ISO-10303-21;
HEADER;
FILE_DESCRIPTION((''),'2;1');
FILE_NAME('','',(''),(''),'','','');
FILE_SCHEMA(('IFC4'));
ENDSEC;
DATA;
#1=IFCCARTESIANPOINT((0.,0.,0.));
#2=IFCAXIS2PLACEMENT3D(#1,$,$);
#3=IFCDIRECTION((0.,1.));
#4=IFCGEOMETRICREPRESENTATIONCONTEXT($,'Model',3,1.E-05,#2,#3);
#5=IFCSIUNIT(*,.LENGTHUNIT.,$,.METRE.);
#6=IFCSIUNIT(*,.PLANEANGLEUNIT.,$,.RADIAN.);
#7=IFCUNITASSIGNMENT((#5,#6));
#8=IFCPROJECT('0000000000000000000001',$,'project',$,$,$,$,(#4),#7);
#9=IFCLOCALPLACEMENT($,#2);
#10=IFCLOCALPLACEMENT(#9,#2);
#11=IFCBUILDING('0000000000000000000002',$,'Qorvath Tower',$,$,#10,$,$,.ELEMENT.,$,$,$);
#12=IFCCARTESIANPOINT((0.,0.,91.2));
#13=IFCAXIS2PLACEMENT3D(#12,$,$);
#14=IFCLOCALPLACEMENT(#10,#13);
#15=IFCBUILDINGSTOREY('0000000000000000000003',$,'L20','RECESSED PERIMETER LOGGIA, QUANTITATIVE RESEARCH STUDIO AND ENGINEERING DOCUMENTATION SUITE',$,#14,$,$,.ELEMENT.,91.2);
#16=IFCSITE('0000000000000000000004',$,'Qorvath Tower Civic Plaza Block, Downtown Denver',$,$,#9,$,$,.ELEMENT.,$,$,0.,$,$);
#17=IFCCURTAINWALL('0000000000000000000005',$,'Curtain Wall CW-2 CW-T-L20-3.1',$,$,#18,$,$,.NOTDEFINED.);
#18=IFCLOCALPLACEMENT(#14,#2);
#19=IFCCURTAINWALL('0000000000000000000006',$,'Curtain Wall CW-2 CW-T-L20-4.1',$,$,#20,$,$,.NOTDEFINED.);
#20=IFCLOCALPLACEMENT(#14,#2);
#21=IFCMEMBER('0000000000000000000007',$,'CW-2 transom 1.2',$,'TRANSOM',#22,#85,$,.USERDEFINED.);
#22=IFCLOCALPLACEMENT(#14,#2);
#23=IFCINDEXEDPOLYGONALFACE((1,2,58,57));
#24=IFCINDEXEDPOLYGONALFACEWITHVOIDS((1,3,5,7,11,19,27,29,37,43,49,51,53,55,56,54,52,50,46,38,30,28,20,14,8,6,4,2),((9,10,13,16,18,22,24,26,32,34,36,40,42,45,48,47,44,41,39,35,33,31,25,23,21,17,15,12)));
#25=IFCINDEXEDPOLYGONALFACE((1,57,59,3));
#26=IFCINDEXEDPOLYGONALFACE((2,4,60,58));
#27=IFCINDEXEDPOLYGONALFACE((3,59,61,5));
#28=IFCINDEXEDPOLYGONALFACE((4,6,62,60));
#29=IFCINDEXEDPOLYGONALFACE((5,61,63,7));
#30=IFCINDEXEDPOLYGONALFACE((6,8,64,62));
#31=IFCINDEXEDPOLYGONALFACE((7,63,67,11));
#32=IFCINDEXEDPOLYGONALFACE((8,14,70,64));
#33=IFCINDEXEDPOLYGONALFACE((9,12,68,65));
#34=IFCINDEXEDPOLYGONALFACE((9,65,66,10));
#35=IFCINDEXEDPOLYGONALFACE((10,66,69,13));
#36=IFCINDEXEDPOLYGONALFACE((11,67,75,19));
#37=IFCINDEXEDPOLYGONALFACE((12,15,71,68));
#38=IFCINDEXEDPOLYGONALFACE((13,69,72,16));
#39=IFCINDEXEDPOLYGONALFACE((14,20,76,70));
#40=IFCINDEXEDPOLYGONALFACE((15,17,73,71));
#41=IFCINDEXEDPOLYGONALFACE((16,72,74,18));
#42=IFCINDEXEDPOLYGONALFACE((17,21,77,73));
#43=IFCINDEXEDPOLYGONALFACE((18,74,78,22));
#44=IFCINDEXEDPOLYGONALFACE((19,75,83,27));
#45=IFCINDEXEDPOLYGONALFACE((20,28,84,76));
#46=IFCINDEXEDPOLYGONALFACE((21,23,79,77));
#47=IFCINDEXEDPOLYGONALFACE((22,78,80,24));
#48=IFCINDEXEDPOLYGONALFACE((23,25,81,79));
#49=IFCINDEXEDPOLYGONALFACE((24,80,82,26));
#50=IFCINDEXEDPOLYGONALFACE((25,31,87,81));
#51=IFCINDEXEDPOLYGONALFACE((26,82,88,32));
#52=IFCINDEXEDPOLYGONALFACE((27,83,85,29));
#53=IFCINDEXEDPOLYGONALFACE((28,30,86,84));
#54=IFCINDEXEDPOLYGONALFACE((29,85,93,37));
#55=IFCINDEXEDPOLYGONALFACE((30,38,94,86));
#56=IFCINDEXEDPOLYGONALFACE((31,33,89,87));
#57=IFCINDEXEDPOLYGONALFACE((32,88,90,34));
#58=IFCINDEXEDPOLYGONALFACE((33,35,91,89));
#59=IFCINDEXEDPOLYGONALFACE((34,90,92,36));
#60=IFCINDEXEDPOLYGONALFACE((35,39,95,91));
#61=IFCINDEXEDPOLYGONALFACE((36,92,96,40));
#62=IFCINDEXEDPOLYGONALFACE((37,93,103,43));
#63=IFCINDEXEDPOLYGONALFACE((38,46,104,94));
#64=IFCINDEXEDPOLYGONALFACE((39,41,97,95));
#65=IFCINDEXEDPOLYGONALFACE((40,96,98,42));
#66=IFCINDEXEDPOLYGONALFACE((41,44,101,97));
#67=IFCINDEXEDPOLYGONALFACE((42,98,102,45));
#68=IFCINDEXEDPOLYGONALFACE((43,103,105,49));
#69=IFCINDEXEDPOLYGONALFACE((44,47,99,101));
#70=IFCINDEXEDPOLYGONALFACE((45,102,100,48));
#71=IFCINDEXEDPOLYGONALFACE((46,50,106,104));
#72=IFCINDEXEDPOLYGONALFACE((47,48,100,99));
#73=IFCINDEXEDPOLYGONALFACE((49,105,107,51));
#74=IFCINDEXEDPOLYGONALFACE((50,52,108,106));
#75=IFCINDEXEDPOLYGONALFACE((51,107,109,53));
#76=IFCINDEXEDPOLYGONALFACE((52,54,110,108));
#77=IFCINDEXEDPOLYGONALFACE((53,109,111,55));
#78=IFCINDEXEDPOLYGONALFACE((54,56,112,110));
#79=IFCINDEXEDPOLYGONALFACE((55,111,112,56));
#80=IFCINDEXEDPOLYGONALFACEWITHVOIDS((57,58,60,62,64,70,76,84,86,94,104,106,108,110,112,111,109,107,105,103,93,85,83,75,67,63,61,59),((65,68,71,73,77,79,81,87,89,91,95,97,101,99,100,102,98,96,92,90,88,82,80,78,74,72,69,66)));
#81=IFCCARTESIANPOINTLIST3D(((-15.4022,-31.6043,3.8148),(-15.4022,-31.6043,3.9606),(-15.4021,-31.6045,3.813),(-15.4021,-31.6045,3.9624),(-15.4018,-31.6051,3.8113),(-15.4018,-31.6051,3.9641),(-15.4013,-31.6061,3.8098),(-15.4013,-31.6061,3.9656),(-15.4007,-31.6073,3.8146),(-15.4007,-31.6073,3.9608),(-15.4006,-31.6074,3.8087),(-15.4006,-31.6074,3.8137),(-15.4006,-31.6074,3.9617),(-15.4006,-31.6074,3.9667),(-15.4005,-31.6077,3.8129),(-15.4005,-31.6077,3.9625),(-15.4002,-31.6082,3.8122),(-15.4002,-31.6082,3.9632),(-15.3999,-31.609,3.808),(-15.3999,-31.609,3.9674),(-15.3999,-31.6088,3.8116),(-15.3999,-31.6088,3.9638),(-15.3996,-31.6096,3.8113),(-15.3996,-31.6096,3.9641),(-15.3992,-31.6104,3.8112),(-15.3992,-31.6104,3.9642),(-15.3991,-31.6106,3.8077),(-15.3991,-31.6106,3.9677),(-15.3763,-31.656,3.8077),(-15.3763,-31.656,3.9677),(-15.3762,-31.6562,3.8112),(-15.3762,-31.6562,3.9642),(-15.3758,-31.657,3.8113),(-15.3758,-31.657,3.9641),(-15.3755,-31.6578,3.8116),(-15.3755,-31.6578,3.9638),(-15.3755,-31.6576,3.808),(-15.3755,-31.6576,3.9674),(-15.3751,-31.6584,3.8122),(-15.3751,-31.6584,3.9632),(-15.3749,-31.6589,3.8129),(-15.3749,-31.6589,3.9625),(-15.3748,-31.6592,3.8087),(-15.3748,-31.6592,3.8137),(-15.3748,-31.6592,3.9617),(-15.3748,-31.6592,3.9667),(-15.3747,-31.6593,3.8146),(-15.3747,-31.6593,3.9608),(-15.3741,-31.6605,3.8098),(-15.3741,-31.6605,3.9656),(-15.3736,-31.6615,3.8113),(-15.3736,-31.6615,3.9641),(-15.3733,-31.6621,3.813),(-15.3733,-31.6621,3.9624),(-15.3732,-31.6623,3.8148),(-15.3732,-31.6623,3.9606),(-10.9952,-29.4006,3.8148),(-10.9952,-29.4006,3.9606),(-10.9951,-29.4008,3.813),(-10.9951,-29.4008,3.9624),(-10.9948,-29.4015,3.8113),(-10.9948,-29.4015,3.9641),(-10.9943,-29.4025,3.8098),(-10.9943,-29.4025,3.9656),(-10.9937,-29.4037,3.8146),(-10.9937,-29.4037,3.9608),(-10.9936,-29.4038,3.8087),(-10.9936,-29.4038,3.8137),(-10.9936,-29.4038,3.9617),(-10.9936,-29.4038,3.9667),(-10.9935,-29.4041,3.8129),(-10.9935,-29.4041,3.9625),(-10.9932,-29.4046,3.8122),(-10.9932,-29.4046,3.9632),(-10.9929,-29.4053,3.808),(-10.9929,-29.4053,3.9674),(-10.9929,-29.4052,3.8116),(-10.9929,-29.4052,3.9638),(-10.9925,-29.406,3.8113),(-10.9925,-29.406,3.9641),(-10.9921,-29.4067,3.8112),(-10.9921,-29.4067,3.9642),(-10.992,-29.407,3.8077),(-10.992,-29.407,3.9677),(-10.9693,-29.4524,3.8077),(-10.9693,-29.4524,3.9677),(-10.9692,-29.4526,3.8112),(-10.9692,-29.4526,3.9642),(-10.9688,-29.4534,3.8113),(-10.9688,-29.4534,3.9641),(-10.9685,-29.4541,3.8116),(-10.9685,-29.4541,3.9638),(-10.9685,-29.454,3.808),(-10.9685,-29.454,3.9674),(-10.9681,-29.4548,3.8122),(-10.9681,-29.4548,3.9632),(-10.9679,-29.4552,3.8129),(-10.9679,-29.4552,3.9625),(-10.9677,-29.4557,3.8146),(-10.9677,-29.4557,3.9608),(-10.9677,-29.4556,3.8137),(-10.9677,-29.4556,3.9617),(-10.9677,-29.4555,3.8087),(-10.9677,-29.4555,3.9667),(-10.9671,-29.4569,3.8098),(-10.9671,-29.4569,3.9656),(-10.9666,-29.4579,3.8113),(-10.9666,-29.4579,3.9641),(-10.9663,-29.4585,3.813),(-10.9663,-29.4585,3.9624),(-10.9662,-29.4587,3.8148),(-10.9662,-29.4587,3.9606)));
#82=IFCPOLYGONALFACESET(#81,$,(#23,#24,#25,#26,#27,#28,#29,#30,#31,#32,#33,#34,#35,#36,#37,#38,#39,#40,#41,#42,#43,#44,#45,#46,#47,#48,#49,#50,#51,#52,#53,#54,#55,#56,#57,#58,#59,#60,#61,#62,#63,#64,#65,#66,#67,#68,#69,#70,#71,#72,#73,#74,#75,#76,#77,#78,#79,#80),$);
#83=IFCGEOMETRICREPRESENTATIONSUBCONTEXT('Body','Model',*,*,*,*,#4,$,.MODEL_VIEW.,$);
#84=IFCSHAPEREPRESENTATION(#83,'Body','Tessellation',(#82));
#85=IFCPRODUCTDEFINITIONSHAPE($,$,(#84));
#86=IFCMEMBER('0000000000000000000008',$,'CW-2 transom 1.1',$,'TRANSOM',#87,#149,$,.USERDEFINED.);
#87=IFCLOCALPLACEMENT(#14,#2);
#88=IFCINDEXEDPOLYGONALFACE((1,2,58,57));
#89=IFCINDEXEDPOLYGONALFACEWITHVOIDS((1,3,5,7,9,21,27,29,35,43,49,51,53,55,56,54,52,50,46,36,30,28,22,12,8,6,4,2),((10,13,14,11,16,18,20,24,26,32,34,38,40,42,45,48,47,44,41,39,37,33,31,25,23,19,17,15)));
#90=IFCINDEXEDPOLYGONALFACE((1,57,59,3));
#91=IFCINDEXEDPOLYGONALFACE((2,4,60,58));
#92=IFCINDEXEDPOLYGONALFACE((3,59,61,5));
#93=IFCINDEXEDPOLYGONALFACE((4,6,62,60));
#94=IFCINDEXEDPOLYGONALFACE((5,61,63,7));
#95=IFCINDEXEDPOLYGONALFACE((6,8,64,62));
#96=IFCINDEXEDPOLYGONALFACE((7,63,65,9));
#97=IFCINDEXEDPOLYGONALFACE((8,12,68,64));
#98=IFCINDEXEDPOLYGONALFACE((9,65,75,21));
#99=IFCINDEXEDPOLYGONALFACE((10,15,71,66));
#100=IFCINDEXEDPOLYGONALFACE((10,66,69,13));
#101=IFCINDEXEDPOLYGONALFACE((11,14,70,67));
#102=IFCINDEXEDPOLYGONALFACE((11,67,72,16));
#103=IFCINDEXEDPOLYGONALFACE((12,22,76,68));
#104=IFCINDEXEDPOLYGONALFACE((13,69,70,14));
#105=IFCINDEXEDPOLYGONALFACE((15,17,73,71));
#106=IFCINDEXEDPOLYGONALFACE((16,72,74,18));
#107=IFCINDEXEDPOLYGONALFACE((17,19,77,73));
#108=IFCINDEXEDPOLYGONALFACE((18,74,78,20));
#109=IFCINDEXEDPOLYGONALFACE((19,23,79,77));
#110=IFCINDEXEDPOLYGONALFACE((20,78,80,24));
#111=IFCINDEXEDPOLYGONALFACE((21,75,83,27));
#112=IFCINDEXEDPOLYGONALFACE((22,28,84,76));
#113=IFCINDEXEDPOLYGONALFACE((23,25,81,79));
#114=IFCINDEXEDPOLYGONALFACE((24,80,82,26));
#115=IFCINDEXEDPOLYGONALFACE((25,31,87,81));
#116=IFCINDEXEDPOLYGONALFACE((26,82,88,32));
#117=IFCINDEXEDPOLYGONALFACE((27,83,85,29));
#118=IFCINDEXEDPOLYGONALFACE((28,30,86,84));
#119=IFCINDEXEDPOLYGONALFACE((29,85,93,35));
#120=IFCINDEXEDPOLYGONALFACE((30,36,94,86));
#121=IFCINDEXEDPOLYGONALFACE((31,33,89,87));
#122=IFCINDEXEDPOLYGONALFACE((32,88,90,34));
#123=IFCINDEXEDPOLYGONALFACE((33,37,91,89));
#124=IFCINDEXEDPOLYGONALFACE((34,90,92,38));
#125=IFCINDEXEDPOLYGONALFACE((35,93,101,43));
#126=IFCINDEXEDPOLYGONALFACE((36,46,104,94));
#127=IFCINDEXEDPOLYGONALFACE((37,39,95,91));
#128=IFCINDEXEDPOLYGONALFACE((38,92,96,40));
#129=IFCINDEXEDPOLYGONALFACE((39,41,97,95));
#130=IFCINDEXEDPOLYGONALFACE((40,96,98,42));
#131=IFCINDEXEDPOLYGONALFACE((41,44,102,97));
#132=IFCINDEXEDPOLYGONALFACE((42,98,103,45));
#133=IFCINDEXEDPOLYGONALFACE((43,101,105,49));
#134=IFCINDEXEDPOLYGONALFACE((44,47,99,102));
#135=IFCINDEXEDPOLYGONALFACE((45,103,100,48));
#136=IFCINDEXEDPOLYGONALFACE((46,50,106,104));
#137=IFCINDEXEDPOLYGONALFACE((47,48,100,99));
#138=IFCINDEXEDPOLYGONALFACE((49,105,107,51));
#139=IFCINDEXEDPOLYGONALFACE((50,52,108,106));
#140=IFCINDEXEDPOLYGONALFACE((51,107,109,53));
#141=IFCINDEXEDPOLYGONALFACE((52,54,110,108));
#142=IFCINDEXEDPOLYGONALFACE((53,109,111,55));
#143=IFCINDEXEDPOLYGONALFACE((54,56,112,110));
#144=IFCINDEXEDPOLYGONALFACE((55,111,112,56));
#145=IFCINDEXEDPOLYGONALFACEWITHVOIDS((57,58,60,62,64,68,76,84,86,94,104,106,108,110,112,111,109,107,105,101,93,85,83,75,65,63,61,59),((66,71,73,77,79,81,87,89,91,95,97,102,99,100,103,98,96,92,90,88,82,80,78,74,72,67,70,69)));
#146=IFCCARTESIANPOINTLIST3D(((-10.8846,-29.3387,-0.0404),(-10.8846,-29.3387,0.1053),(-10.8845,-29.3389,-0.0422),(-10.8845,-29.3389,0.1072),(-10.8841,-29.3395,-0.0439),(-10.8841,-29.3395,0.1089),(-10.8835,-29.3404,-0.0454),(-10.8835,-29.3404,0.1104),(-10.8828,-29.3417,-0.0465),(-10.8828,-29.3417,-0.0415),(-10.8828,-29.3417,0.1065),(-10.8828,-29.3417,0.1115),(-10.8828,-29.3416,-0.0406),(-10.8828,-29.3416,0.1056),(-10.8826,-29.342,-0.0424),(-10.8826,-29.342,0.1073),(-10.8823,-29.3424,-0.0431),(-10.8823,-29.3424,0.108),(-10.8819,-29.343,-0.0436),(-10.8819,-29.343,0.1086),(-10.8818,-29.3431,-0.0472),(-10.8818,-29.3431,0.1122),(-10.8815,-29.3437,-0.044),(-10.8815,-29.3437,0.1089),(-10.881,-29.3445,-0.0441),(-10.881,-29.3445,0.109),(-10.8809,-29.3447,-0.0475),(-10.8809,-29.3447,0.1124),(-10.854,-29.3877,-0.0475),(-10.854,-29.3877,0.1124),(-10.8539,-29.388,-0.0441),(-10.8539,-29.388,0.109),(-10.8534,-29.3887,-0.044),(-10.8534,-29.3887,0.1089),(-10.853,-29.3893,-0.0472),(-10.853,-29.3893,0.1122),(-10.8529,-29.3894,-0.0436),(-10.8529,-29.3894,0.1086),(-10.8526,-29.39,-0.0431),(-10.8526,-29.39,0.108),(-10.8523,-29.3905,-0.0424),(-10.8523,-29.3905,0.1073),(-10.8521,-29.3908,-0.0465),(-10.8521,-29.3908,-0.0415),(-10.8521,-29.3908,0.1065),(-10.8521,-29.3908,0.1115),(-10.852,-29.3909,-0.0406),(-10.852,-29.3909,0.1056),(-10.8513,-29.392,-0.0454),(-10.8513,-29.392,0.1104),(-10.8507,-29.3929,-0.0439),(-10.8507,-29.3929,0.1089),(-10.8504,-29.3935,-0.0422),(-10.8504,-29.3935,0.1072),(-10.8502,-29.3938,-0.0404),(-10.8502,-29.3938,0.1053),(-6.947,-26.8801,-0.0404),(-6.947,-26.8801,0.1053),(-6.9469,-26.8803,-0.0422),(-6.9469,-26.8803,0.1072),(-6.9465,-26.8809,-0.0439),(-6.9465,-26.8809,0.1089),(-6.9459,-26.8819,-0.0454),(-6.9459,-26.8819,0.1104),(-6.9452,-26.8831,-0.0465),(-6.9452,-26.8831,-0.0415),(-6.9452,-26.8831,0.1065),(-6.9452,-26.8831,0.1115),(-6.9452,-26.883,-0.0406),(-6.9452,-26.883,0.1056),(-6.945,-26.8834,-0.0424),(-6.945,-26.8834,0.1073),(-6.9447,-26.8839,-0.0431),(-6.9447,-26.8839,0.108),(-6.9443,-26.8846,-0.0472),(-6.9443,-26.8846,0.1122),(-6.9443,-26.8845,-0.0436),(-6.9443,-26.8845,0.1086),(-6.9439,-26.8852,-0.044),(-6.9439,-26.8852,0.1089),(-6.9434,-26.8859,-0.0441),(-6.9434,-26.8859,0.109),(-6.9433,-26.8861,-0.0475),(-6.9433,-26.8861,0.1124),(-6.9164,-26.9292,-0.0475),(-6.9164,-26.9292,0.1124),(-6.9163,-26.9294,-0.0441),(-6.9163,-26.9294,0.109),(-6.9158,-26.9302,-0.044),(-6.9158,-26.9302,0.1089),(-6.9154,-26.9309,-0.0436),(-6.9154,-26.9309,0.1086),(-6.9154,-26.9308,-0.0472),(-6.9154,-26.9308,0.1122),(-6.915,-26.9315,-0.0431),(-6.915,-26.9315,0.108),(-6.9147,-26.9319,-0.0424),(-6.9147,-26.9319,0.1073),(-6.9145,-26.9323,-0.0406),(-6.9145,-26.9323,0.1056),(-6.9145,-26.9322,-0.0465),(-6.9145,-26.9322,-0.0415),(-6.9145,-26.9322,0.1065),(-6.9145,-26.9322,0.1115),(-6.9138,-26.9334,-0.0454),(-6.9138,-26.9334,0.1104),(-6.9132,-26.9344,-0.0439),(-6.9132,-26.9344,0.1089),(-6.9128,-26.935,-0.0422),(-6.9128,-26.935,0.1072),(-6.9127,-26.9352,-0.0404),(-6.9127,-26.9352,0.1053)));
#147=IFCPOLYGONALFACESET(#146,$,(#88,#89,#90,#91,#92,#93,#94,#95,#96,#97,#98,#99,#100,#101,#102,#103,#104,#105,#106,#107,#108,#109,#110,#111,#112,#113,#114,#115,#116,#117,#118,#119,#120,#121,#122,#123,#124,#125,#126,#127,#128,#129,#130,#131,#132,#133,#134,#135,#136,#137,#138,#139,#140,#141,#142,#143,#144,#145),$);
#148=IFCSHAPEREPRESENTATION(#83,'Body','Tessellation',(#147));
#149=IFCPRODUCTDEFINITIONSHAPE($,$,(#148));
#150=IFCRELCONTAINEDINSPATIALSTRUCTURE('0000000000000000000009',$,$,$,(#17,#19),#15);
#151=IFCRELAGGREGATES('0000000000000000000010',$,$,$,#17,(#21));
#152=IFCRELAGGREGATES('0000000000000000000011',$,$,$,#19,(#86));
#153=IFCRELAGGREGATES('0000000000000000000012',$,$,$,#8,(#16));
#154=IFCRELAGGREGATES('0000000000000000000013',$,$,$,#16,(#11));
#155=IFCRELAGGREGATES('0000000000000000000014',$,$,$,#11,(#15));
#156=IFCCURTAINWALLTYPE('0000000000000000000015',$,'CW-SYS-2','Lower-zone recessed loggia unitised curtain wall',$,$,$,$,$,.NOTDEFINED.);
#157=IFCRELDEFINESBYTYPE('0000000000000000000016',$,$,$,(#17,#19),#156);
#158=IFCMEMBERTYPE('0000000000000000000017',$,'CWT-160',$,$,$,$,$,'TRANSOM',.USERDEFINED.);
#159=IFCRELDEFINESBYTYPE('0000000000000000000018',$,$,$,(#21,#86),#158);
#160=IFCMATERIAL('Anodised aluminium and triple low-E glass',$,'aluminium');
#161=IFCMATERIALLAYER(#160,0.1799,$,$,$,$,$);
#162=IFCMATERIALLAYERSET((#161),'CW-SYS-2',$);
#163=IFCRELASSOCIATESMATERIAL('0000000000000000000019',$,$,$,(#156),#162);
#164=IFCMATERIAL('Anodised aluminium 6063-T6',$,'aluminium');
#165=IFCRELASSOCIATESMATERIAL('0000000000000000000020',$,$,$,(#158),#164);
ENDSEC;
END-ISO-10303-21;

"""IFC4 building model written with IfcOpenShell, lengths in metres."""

from ifc_helpers import new_model, si_unit, direction, frame, origin, origin_2d, place, context, subcontext, project, spatial, hollow_rectangle, extrude, material, layer, layer_set, material_profile, profile_set, type_object, element, aggregate, save


model = new_model("IFC4")

# Units and contexts
model_context = context("Model", 3, precision=1e-05, world=origin(), true_north=direction((0.0, 1.0)))
body_context = subcontext(model_context, "Body", "Model", "MODEL_VIEW")
ifc_project = project(units=[si_unit("LENGTHUNIT", "METRE"), si_unit("PLANEANGLEUNIT", "RADIAN")], contexts=[model_context])

# Site, building, storey
site_placement = place(None, origin())
site = spatial("IfcSite", under=ifc_project, at=site_placement, Name="Qorvath Tower Civic Plaza Block, Downtown Denver", CompositionType="ELEMENT", RefElevation=0.0)
building_placement = place(site_placement, origin())
building = spatial("IfcBuilding", under=site, at=building_placement, Name="Qorvath Tower", CompositionType="ELEMENT")
storey_placement = place(building_placement, frame((0.0, 0.0, 91.2)))
storey = spatial("IfcBuildingStorey", under=building, at=storey_placement, Name="L20", Description="RECESSED PERIMETER LOGGIA, QUANTITATIVE RESEARCH STUDIO AND ENGINEERING DOCUMENTATION SUITE", CompositionType="ELEMENT", Elevation=91.2)

# Shared definitions
ifc_material_1 = material(Name="Anodised aluminium and triple low-E glass", Category="aluminium")
ifc_layer_1 = layer(ifc_material_1, 0.1799)
ifc_layer_set_1 = layer_set([ifc_layer_1], Name="CW-SYS-2")
curtain_wall_type = type_object("IfcCurtainWallType", Name="CW-SYS-2", Description="Lower-zone recessed loggia unitised curtain wall", PredefinedType="NOTDEFINED", material=ifc_layer_set_1)

# Curtain walls
curtain_wall_1_placement = place(storey_placement, origin())
curtain_wall_1 = element("IfcCurtainWall", 1, at=curtain_wall_1_placement, inside=storey, type_object=curtain_wall_type, Name="Curtain Wall CW-2 CW-T-L20-3.1", PredefinedType="NOTDEFINED")
curtain_wall_2_placement = place(storey_placement, origin())
curtain_wall_2 = element("IfcCurtainWall", 2, at=curtain_wall_2_placement, inside=storey, type_object=curtain_wall_type, Name="Curtain Wall CW-2 CW-T-L20-4.1", PredefinedType="NOTDEFINED")

# Members
ifc_material_2 = material(Name="Anodised aluminium 6063-T6", Category="aluminium")
ifc_material_profile_1 = material_profile(ifc_material_2, hollow_rectangle(XDim=0.0649, YDim=0.1599, WallThickness=0.0034, InnerFilletRadius=0.0034, OuterFilletRadius=0.0071, at=origin_2d()), Name="CWT 160x65")
ifc_profile_set_1 = profile_set([ifc_material_profile_1], Name="Anodised aluminium 6063-T6")
member_type_1 = type_object("IfcMemberType", Name="CWT-160", ElementType="TRANSOM", PredefinedType="USERDEFINED", material=ifc_profile_set_1)
member_1_placement = place(storey_placement, frame((-15.3877, -31.6333, 3.8877), z_axis=(0.894417, 0.447233, 0.0), x_axis=(-0.447233, 0.894417, 0.0)))
member_1 = element("IfcMember", 3, at=member_1_placement, type_object=member_type_1, Name="CW-2 transom 1.2", ObjectType="TRANSOM", PredefinedType="USERDEFINED", context=body_context, shape_type="SweptSolid", body=[
    extrude(hollow_rectangle(XDim=0.0649, YDim=0.1599, WallThickness=0.0034, InnerFilletRadius=0.0034, OuterFilletRadius=0.0071, at=origin_2d()), origin(), (0.0, 0.0, 1.0), 4.9272),
])
member_2_placement = place(storey_placement, frame((-10.8674, -29.3662, 0.0325), z_axis=(0.848235, 0.529621, 0.0), x_axis=(-0.529621, 0.848235, 0.0)))
member_2 = element("IfcMember", 4, at=member_2_placement, type_object=member_type_1, Name="CW-2 transom 1.1", ObjectType="TRANSOM", PredefinedType="USERDEFINED", context=body_context, shape_type="SweptSolid", body=[
    extrude(hollow_rectangle(XDim=0.0649, YDim=0.1599, WallThickness=0.0034, InnerFilletRadius=0.0034, OuterFilletRadius=0.0071, at=origin_2d()), origin(), (0.0, 0.0, 1.0), 4.6421),
])

aggregate(curtain_wall_1, [member_1])
aggregate(curtain_wall_2, [member_2])

save(model, "model.ifc")
